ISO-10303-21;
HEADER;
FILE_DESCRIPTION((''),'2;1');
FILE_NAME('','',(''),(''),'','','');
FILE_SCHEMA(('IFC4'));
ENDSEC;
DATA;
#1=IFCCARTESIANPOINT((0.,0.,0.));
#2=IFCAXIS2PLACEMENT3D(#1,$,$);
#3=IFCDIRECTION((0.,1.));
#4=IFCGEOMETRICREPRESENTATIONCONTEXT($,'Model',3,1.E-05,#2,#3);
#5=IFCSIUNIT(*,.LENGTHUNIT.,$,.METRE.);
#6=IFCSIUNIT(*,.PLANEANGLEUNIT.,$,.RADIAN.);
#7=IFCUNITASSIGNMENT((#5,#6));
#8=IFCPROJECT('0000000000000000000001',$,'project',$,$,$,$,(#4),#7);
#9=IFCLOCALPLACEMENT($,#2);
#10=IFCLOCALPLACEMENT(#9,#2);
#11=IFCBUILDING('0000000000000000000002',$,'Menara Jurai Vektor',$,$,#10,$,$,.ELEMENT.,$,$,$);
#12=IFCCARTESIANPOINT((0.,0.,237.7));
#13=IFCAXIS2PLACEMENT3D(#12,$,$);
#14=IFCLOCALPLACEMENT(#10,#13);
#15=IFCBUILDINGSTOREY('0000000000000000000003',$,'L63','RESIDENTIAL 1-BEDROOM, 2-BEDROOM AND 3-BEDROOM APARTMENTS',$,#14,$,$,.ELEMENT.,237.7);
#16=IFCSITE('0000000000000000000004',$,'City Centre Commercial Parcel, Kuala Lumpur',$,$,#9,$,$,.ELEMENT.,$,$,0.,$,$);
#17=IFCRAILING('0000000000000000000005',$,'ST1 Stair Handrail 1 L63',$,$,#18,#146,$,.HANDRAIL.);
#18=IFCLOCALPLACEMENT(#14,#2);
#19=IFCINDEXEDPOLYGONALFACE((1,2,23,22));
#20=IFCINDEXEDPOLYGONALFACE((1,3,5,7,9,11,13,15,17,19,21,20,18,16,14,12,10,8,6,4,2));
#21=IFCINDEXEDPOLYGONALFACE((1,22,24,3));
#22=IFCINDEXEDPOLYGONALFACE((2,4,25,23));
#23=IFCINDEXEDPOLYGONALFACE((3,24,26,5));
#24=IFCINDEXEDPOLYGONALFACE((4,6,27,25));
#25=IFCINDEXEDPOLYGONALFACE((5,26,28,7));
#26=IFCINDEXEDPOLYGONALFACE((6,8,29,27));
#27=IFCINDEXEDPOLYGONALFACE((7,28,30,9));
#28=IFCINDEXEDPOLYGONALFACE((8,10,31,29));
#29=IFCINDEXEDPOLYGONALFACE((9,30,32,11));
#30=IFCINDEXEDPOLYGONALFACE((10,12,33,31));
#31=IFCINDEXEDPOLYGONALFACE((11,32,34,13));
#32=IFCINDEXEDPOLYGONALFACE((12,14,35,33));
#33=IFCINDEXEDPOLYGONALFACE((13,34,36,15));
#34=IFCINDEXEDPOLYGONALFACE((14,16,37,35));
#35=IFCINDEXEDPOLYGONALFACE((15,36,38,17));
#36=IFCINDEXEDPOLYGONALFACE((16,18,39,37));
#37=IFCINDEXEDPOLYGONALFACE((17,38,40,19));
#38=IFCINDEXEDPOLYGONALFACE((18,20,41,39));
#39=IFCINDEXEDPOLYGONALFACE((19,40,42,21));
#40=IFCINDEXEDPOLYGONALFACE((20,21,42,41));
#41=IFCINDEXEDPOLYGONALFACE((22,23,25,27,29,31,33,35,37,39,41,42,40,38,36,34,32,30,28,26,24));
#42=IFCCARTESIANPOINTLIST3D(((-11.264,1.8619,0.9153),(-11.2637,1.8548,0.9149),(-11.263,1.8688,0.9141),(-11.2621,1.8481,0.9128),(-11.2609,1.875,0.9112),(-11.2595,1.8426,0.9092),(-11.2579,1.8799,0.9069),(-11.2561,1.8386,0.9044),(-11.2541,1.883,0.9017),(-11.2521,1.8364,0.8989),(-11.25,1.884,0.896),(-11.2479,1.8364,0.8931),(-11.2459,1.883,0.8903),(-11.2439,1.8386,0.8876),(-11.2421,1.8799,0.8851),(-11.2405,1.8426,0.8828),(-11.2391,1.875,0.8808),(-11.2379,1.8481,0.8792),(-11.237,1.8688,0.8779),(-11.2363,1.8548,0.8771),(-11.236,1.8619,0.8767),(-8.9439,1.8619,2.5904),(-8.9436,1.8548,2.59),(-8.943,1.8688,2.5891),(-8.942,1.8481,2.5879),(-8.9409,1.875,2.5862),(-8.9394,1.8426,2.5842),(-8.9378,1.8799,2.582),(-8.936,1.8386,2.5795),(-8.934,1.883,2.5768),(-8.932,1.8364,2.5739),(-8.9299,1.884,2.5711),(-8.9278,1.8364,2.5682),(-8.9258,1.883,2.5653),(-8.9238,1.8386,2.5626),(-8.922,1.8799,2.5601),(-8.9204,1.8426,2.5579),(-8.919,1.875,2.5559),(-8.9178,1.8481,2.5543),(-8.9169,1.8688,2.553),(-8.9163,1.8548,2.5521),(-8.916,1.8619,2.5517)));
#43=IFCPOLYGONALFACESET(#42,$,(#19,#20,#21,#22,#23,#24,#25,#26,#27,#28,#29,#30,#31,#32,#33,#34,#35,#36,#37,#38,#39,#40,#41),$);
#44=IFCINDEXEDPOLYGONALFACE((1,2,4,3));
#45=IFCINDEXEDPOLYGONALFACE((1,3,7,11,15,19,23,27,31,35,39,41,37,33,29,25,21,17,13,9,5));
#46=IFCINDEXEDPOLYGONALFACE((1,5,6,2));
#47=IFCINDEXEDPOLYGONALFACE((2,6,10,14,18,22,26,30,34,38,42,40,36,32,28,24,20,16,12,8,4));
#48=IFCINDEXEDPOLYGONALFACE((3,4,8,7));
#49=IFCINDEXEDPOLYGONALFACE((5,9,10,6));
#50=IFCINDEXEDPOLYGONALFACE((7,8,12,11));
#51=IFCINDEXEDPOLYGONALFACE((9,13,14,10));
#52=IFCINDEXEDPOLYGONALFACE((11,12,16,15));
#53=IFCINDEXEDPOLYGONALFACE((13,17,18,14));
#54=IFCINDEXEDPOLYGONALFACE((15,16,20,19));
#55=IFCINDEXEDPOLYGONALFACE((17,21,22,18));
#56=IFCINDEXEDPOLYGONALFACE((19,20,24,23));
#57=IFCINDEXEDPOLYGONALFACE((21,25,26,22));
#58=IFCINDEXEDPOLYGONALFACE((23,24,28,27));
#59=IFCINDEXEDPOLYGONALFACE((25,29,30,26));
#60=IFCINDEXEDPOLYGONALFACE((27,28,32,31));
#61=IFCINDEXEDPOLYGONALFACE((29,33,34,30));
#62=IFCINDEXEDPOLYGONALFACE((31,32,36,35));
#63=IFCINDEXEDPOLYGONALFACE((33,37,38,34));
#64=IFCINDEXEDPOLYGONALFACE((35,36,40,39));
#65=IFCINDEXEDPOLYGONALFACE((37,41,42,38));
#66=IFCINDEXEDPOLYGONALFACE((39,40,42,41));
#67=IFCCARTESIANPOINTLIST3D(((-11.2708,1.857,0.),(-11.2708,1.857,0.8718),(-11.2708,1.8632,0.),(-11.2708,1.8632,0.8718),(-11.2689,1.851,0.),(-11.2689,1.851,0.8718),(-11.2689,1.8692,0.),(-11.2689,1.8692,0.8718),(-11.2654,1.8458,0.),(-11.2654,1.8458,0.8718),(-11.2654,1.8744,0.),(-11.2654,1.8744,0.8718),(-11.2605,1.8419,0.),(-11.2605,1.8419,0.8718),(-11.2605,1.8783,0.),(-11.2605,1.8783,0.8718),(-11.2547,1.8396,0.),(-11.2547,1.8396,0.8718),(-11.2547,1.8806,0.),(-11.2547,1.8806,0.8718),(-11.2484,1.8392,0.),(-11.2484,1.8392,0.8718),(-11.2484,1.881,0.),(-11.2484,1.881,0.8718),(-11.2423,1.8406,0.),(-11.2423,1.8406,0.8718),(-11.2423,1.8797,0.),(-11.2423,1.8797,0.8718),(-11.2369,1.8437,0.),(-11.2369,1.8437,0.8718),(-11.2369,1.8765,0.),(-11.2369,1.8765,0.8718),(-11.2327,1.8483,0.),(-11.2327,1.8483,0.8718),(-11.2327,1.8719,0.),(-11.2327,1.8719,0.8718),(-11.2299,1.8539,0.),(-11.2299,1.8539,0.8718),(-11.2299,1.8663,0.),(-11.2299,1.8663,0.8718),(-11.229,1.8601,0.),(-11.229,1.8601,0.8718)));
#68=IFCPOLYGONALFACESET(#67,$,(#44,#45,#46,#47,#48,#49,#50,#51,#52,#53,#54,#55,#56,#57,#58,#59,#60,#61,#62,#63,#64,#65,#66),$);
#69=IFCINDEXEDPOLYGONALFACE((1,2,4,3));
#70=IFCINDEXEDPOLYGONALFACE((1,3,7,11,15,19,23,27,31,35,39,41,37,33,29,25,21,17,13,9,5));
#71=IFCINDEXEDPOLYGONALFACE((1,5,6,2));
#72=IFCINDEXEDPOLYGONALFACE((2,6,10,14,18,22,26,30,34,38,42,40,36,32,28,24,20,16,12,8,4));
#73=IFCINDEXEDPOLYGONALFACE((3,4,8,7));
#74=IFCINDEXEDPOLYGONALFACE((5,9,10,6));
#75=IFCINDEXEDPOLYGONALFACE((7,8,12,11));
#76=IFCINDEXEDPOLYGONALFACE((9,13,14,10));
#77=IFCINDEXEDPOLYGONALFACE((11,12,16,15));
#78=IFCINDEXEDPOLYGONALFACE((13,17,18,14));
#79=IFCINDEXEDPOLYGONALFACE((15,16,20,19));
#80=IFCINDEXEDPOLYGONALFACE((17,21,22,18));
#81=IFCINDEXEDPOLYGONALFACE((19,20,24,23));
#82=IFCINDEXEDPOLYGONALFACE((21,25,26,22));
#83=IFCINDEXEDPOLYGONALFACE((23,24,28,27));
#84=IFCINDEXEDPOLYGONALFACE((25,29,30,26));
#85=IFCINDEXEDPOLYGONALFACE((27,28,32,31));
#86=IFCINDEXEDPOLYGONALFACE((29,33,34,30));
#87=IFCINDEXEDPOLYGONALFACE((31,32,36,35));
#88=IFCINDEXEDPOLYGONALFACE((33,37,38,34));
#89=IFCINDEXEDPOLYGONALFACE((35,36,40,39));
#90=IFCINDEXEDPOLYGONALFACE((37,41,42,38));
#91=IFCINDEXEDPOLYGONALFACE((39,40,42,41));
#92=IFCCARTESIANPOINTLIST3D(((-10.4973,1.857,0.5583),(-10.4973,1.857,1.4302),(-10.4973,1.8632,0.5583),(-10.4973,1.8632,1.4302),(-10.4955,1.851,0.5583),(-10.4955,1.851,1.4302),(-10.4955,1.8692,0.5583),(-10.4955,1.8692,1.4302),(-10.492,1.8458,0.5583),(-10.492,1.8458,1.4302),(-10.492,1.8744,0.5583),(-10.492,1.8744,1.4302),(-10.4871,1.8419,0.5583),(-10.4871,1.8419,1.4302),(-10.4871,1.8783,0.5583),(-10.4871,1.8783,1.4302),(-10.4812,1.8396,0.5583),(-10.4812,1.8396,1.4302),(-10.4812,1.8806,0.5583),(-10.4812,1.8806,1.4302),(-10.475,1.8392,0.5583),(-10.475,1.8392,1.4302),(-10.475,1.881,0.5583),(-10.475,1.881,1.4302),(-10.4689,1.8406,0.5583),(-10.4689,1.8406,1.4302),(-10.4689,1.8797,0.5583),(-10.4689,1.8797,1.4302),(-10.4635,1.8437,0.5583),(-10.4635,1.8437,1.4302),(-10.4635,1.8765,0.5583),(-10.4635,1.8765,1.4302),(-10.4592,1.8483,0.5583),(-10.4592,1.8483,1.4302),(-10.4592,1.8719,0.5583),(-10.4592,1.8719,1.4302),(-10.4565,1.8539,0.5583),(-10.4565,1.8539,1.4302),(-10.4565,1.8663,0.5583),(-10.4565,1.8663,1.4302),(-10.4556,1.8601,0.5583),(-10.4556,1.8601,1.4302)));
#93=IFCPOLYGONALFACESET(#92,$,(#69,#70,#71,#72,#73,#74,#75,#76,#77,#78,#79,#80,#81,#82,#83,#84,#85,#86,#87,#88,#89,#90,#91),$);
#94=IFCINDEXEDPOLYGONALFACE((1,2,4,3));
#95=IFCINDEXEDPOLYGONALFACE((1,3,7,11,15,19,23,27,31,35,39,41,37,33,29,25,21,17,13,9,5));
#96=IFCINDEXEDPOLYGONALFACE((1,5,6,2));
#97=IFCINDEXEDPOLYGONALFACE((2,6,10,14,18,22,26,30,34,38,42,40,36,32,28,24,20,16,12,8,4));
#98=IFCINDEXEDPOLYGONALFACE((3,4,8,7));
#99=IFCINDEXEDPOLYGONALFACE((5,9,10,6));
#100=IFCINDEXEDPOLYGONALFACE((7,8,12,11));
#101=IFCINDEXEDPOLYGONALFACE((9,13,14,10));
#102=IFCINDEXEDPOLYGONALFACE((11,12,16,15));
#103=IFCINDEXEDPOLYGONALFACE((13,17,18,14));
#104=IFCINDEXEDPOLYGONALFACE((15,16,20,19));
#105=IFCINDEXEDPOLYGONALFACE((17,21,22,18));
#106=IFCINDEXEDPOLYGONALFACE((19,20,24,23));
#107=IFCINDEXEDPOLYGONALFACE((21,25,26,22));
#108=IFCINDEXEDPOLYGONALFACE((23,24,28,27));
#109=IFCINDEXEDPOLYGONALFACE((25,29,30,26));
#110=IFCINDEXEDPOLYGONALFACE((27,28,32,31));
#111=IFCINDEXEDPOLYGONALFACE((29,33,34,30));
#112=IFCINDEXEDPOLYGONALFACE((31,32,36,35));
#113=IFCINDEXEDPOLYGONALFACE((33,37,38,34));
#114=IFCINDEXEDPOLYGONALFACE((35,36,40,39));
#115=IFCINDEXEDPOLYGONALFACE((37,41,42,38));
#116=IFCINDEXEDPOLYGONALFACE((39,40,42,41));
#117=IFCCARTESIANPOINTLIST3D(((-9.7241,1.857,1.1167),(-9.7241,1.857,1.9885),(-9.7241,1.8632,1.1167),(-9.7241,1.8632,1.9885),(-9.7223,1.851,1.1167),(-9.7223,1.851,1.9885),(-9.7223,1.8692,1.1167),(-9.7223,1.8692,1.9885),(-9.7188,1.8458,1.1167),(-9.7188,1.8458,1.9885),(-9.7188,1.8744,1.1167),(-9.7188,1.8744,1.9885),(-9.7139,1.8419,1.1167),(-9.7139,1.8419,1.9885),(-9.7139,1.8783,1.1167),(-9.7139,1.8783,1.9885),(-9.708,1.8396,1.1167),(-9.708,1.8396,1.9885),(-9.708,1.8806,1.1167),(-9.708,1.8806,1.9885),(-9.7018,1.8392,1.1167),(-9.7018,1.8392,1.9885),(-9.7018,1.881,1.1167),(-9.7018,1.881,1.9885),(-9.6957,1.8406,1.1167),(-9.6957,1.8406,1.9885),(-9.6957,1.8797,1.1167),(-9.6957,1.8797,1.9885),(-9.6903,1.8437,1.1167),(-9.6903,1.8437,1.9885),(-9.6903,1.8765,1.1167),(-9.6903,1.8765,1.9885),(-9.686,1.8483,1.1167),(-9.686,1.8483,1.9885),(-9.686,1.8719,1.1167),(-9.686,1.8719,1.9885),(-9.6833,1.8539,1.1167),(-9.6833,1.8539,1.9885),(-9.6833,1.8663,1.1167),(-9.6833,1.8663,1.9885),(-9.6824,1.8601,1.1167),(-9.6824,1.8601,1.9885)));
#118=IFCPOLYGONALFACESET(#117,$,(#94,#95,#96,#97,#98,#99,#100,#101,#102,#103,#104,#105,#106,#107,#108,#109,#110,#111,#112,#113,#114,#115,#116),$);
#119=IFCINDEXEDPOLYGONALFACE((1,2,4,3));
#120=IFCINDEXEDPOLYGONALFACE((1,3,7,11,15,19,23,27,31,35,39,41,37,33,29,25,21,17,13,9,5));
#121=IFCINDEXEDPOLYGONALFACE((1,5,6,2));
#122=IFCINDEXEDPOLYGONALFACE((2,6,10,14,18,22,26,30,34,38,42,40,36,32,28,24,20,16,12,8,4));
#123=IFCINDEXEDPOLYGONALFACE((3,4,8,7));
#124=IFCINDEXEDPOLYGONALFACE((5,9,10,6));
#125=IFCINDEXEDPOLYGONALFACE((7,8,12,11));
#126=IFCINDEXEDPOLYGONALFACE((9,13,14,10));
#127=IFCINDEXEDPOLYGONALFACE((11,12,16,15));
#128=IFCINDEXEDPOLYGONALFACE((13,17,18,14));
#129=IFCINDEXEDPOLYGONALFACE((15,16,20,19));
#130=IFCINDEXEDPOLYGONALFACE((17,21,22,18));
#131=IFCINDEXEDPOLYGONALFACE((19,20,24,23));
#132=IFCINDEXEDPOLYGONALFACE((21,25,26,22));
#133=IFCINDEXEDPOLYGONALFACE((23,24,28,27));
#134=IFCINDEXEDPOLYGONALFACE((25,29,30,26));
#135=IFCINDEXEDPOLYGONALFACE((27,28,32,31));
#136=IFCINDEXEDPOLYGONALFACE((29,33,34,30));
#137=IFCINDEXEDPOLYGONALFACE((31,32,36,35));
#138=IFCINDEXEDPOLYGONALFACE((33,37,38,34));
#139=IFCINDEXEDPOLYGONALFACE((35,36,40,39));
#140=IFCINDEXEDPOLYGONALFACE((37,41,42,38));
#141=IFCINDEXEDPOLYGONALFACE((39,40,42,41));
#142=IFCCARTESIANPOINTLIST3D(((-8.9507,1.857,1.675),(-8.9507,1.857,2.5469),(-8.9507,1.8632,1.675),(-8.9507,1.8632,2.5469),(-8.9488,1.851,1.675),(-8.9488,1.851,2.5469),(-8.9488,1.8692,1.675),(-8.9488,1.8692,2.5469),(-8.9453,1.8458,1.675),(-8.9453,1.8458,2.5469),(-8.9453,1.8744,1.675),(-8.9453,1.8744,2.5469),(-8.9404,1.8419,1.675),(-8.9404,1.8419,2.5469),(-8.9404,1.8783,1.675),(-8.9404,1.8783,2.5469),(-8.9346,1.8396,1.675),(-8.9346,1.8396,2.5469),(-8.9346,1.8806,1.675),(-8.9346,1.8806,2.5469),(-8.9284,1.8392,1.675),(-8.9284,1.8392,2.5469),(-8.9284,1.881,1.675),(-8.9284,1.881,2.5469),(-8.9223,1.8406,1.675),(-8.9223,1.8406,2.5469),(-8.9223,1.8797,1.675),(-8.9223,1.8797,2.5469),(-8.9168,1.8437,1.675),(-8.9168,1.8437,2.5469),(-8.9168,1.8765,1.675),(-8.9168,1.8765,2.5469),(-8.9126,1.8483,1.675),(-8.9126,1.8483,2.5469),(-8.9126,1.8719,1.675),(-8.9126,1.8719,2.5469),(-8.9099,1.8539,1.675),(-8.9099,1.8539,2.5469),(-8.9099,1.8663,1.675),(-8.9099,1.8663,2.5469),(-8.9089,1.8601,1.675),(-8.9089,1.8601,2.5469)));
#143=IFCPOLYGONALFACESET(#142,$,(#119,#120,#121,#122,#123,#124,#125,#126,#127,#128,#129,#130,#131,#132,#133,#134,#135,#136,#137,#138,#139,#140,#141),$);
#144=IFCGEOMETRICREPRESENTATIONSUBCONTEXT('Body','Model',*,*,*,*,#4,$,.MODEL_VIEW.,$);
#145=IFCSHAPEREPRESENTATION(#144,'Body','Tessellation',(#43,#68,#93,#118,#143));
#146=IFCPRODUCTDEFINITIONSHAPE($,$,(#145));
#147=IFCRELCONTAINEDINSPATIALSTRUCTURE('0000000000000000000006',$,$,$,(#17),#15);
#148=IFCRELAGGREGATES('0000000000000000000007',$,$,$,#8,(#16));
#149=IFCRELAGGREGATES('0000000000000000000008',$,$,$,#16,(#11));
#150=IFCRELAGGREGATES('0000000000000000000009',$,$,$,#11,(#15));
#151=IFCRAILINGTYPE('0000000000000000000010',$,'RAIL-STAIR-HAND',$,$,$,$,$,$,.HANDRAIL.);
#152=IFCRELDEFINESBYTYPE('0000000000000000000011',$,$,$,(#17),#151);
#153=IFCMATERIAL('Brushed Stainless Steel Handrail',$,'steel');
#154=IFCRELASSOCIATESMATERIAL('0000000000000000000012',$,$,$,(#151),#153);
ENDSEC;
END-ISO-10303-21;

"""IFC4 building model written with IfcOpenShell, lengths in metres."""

from ifc_helpers import new_model, si_unit, direction, frame, origin, origin_2d, place, context, subcontext, project, spatial, circle, extrude, material, type_object, element, save


model = new_model("IFC4")

# Units and contexts
model_context = context("Model", 3, precision=1e-05, world=origin(), true_north=direction((0.0, 1.0)))
body_context = subcontext(model_context, "Body", "Model", "MODEL_VIEW")
ifc_project = project(units=[si_unit("LENGTHUNIT", "METRE"), si_unit("PLANEANGLEUNIT", "RADIAN")], contexts=[model_context])

# Site, building, storey
site_placement = place(None, origin())
site = spatial("IfcSite", under=ifc_project, at=site_placement, Name="City Centre Commercial Parcel, Kuala Lumpur", CompositionType="ELEMENT", RefElevation=0.0)
building_placement = place(site_placement, origin())
building = spatial("IfcBuilding", under=site, at=building_placement, Name="Menara Jurai Vektor", CompositionType="ELEMENT")
storey_placement = place(building_placement, frame((0.0, 0.0, 237.7)))
storey = spatial("IfcBuildingStorey", under=building, at=storey_placement, Name="L63", Description="RESIDENTIAL 1-BEDROOM, 2-BEDROOM AND 3-BEDROOM APARTMENTS", CompositionType="ELEMENT", Elevation=237.7)

# Railing
ifc_material_1 = material(Name="Brushed Stainless Steel Handrail", Category="steel")
railing_type_1 = type_object("IfcRailingType", Name="RAIL-STAIR-HAND", PredefinedType="HANDRAIL", material=ifc_material_1)
railing_1_placement = place(storey_placement, frame((-11.25, 1.8601, 0.0)))
element("IfcRailing", 1, at=railing_1_placement, inside=storey, type_object=railing_type_1, Name="ST1 Stair Handrail 1 L63", PredefinedType="HANDRAIL", context=body_context, shape_type="SweptSolid", body=[
    extrude(circle(Radius=0.0239, at=origin_2d()), frame((0.0, 0.0, 0.896), z_axis=(0.810771, 0.0, 0.585363), x_axis=(0.0, 1.0, 0.0)), (0.0, 0.0, 1.0), 2.8616),
    extrude(circle(Radius=0.021, at=origin_2d()), origin(), (0.0, 0.0, 1.0), 0.8718),
    extrude(circle(Radius=0.021, at=origin_2d()), frame((0.7734, 0.0, 0.5583)), (0.0, 0.0, 1.0), 0.8718),
    extrude(circle(Radius=0.021, at=origin_2d()), frame((1.5466, 0.0, 1.1167)), (0.0, 0.0, 1.0), 0.8718),
    extrude(circle(Radius=0.021, at=origin_2d()), frame((2.3201, 0.0, 1.675)), (0.0, 0.0, 1.0), 0.8718),
])

save(model, "model.ifc")
